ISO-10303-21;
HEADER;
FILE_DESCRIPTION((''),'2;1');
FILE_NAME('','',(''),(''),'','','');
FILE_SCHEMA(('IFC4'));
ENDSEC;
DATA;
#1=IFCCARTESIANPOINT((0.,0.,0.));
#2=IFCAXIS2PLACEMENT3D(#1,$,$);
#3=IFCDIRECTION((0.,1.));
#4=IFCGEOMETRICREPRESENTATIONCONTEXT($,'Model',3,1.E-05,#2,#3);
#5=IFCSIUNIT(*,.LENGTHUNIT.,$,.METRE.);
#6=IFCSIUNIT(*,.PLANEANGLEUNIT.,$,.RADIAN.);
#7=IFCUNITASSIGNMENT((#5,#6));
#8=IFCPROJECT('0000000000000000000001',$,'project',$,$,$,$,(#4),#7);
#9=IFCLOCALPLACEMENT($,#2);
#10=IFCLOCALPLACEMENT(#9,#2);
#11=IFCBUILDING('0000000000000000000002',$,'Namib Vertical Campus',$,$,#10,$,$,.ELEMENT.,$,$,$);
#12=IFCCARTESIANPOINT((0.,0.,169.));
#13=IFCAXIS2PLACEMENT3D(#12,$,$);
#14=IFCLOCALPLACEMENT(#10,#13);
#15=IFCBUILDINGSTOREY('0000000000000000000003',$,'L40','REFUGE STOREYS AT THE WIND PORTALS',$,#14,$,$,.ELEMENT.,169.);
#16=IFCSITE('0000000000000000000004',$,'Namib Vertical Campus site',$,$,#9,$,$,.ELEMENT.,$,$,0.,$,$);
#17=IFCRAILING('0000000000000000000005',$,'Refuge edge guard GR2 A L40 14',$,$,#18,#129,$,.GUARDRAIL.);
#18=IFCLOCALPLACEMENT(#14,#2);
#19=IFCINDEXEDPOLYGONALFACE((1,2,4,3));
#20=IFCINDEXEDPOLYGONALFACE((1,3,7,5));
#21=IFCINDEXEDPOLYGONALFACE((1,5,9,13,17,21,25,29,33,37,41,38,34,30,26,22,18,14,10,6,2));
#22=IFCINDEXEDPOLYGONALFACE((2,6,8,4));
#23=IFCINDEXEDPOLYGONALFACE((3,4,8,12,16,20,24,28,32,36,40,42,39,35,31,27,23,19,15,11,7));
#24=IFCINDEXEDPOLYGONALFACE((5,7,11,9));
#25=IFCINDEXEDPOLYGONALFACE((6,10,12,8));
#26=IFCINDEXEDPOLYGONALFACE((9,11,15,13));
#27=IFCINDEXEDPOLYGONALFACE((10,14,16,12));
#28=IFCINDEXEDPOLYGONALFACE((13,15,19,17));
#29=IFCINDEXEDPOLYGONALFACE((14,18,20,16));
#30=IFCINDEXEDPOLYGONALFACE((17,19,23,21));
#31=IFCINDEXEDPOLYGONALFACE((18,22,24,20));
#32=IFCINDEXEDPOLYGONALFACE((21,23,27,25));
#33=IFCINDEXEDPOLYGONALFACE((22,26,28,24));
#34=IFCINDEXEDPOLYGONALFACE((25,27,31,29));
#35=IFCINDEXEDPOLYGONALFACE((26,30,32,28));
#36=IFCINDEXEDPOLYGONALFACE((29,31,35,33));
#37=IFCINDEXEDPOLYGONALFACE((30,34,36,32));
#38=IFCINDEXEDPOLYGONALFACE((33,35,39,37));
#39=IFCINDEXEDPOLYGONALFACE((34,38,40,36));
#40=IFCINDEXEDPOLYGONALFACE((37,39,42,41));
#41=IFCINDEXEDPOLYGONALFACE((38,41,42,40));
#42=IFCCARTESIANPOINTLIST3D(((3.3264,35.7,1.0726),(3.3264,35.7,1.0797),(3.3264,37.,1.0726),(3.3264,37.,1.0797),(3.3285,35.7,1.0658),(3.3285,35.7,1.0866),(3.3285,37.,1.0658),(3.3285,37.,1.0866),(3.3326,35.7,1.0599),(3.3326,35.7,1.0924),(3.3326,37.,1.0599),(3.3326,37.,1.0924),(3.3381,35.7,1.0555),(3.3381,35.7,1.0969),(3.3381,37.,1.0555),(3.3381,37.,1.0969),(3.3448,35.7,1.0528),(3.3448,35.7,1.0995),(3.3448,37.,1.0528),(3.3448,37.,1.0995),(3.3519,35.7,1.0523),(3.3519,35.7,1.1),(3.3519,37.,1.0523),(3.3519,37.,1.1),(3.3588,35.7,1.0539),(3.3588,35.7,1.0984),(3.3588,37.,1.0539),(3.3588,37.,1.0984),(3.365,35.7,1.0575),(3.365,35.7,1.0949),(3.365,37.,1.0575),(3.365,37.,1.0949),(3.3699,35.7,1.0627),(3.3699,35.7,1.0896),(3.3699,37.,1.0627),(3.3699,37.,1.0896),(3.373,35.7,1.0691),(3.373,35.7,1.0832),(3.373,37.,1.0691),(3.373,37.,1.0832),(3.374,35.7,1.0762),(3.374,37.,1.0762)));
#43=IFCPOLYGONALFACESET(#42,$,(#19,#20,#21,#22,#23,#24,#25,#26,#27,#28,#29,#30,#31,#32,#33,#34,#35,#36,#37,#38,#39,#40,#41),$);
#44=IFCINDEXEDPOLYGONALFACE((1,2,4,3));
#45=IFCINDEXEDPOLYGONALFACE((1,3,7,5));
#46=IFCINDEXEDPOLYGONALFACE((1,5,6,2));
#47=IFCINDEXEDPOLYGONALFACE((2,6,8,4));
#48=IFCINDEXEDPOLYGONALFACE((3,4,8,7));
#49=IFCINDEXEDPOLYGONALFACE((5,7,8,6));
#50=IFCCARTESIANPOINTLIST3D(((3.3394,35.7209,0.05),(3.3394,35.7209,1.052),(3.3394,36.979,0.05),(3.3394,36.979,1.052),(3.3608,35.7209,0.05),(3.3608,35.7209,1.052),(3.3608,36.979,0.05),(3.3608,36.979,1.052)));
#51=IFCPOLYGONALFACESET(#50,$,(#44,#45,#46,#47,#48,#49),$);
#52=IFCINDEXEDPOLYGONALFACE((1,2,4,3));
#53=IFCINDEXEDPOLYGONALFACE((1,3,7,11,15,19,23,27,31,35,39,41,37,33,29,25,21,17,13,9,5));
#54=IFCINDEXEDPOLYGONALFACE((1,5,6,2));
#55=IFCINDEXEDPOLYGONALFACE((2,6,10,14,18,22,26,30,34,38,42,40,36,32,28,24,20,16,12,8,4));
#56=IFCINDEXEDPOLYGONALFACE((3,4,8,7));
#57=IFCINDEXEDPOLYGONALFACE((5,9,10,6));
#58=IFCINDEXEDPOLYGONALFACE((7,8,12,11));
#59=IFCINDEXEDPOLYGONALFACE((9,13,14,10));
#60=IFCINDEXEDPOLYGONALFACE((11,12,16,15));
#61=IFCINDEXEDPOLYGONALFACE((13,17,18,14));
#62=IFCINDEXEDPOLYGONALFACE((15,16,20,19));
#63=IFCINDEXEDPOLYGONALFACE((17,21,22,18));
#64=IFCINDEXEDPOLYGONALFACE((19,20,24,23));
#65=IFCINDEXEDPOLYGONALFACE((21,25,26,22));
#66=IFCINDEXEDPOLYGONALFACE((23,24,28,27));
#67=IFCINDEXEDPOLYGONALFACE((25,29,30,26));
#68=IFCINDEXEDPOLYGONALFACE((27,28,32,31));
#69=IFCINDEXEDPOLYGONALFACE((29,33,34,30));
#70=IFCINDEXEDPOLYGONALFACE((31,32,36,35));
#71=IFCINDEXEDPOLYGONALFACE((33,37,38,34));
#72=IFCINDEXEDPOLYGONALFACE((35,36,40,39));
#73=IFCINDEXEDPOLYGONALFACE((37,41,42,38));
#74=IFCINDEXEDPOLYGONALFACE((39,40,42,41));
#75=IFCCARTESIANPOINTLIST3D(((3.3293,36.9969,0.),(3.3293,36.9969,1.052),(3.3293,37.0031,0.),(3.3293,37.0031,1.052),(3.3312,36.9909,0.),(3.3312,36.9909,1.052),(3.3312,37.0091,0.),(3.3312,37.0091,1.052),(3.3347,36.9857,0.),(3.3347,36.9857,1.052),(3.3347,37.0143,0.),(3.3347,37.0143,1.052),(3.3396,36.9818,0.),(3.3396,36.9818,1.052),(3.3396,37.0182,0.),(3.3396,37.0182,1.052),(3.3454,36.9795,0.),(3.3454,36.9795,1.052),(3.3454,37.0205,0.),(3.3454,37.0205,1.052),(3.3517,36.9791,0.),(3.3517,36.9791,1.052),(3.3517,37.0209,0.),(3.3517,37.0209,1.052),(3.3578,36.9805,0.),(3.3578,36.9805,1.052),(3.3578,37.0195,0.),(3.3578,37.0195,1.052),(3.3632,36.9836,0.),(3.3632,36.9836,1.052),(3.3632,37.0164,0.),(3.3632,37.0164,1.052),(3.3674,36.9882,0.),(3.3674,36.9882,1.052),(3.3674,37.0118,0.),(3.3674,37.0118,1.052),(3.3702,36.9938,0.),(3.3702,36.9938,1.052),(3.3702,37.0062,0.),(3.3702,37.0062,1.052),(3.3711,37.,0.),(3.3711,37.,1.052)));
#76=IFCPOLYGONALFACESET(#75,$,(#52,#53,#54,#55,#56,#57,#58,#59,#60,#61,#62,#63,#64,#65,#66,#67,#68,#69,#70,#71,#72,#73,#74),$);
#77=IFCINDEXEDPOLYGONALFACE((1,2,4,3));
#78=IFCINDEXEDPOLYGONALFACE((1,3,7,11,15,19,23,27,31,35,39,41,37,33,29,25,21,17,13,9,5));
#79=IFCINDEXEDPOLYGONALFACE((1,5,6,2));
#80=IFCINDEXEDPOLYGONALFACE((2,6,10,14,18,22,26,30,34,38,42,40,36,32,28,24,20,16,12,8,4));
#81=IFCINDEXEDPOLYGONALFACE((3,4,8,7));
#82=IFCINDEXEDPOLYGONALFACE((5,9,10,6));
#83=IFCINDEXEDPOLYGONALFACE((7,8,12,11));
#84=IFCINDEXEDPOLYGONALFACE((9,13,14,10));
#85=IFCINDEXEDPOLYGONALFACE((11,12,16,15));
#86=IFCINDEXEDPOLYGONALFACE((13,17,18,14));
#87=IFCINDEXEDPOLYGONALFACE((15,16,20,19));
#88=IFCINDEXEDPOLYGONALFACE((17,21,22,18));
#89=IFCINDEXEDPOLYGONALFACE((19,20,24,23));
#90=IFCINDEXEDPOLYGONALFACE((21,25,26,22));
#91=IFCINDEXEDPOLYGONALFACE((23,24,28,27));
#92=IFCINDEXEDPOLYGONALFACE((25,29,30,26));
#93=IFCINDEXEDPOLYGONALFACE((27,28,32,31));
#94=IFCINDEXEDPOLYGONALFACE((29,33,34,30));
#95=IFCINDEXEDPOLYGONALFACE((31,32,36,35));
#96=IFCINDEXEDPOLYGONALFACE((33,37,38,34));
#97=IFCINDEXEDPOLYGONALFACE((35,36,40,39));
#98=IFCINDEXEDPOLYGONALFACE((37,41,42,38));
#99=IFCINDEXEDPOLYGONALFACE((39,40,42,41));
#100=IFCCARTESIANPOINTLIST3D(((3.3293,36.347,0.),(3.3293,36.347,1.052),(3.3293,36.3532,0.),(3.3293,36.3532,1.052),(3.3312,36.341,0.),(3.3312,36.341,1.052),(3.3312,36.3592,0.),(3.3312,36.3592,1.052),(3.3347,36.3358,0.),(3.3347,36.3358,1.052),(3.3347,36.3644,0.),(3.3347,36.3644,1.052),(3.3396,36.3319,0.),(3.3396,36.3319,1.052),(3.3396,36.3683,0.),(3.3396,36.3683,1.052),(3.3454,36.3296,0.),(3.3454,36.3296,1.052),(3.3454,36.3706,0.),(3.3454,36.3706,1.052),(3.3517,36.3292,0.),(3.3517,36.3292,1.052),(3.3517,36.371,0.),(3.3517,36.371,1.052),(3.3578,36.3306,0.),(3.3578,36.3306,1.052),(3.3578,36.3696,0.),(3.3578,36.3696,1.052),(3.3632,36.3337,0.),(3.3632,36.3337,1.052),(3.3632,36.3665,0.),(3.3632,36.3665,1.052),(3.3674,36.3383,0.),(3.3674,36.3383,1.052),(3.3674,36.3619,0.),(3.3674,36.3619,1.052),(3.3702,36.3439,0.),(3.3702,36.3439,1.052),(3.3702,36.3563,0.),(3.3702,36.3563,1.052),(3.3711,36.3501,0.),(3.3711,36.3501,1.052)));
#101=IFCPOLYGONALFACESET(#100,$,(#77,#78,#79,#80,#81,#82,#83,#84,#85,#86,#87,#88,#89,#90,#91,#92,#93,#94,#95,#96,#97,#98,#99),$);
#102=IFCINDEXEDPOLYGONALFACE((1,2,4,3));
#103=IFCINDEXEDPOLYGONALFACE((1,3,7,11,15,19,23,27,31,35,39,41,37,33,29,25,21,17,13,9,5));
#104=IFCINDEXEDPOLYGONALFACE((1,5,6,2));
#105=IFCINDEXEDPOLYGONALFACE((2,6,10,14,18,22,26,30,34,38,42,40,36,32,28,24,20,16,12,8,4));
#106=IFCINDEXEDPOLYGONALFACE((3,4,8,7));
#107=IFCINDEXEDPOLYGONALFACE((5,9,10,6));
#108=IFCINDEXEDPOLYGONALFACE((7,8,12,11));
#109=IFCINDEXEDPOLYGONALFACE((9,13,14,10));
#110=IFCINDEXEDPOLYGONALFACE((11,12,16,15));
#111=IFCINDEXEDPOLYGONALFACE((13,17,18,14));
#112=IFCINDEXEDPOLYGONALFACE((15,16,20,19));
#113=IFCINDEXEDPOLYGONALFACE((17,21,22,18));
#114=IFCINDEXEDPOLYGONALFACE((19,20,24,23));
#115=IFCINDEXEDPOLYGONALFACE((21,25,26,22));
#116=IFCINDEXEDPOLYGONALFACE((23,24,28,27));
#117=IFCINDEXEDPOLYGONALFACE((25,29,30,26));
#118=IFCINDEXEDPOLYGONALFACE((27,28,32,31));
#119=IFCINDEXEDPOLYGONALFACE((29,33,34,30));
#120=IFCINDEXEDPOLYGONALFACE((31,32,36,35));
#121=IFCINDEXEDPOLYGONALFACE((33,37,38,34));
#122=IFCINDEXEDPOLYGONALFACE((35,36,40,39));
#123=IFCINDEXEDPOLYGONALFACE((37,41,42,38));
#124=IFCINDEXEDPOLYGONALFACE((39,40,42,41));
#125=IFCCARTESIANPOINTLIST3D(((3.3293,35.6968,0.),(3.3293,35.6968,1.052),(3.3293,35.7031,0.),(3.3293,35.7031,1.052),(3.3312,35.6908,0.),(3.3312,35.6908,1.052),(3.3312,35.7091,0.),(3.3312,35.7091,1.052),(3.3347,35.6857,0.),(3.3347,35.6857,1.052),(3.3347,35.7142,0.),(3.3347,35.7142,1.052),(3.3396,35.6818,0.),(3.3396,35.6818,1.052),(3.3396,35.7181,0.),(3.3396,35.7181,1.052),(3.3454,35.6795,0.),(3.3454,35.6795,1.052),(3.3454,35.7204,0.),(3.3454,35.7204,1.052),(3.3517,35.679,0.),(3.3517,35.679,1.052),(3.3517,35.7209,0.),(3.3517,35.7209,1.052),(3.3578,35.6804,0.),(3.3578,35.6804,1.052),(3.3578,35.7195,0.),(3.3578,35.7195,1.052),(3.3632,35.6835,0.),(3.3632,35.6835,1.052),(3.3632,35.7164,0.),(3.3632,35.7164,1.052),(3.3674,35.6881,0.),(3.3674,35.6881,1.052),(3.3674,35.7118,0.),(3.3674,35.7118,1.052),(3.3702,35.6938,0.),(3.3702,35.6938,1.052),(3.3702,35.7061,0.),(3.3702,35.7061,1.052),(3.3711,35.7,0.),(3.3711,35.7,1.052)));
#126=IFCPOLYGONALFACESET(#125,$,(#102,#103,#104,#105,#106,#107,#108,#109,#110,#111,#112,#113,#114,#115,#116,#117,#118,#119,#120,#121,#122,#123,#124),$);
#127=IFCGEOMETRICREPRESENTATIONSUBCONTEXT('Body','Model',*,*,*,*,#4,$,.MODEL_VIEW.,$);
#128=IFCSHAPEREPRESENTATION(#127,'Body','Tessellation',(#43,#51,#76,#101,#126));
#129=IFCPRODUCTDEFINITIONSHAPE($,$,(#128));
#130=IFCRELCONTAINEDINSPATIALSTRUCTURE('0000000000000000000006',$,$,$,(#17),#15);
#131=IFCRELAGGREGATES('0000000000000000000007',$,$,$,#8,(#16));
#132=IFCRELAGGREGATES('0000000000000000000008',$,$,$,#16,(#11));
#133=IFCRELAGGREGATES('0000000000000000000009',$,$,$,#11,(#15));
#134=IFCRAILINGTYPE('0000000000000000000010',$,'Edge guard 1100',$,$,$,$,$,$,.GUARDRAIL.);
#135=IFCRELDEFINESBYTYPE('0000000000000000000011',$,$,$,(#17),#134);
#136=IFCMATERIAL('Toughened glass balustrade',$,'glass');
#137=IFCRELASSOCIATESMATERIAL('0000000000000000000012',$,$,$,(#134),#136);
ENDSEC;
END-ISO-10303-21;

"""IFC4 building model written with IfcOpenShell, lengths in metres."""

from ifc_helpers import new_model, si_unit, direction, frame, origin, origin_2d, place, context, subcontext, project, spatial, polyline, circle, outline, extrude, material, type_object, element, save


model = new_model("IFC4")

# Units and contexts
model_context = context("Model", 3, precision=1e-05, world=origin(), true_north=direction((0.0, 1.0)))
body_context = subcontext(model_context, "Body", "Model", "MODEL_VIEW")
ifc_project = project(units=[si_unit("LENGTHUNIT", "METRE"), si_unit("PLANEANGLEUNIT", "RADIAN")], contexts=[model_context])

# Site, building, storey
site_placement = place(None, origin())
site = spatial("IfcSite", under=ifc_project, at=site_placement, Name="Namib Vertical Campus site", CompositionType="ELEMENT", RefElevation=0.0)
building_placement = place(site_placement, origin())
building = spatial("IfcBuilding", under=site, at=building_placement, Name="Namib Vertical Campus", CompositionType="ELEMENT")
storey_placement = place(building_placement, frame((0.0, 0.0, 169.0)))
storey = spatial("IfcBuildingStorey", under=building, at=storey_placement, Name="L40", Description="REFUGE STOREYS AT THE WIND PORTALS", CompositionType="ELEMENT", Elevation=169.0)

# Railing
ifc_material_1 = material(Name="Toughened glass balustrade", Category="glass")
railing_type_1 = type_object("IfcRailingType", Name="Edge guard 1100", PredefinedType="GUARDRAIL", material=ifc_material_1)
railing_1_placement = place(storey_placement, frame((3.3501, 37.0, 0.0)))
element("IfcRailing", 1, at=railing_1_placement, inside=storey, type_object=railing_type_1, Name="Refuge edge guard GR2 A L40 14", PredefinedType="GUARDRAIL", context=body_context, shape_type="SweptSolid", body=[
    extrude(circle(Radius=0.0239, at=origin_2d()), frame((0.0, 0.0, 1.0762), z_axis=(0.0, -1.0, 0.0), x_axis=(1.0, 0.0, 0.0)), (0.0, 0.0, 1.0), 1.3),
    extrude(outline(polyline([(0.021, 0.05), (1.2791, 0.05), (1.2791, 1.052), (0.021, 1.052), (0.021, 0.05)])), frame((0.0107, 0.0, 0.0), z_axis=(-1.0, 0.0, 0.0), x_axis=(0.0, -1.0, 0.0)), (0.0, 0.0, 1.0), 0.0215),
    extrude(circle(Radius=0.021, at=origin_2d()), origin(), (0.0, 0.0, 1.0), 1.052),
    extrude(circle(Radius=0.021, at=origin_2d()), frame((0.0, -0.6499, 0.0)), (0.0, 0.0, 1.0), 1.052),
    extrude(circle(Radius=0.021, at=origin_2d()), frame((0.0, -1.3, 0.0)), (0.0, 0.0, 1.0), 1.052),
])

save(model, "model.ifc")
